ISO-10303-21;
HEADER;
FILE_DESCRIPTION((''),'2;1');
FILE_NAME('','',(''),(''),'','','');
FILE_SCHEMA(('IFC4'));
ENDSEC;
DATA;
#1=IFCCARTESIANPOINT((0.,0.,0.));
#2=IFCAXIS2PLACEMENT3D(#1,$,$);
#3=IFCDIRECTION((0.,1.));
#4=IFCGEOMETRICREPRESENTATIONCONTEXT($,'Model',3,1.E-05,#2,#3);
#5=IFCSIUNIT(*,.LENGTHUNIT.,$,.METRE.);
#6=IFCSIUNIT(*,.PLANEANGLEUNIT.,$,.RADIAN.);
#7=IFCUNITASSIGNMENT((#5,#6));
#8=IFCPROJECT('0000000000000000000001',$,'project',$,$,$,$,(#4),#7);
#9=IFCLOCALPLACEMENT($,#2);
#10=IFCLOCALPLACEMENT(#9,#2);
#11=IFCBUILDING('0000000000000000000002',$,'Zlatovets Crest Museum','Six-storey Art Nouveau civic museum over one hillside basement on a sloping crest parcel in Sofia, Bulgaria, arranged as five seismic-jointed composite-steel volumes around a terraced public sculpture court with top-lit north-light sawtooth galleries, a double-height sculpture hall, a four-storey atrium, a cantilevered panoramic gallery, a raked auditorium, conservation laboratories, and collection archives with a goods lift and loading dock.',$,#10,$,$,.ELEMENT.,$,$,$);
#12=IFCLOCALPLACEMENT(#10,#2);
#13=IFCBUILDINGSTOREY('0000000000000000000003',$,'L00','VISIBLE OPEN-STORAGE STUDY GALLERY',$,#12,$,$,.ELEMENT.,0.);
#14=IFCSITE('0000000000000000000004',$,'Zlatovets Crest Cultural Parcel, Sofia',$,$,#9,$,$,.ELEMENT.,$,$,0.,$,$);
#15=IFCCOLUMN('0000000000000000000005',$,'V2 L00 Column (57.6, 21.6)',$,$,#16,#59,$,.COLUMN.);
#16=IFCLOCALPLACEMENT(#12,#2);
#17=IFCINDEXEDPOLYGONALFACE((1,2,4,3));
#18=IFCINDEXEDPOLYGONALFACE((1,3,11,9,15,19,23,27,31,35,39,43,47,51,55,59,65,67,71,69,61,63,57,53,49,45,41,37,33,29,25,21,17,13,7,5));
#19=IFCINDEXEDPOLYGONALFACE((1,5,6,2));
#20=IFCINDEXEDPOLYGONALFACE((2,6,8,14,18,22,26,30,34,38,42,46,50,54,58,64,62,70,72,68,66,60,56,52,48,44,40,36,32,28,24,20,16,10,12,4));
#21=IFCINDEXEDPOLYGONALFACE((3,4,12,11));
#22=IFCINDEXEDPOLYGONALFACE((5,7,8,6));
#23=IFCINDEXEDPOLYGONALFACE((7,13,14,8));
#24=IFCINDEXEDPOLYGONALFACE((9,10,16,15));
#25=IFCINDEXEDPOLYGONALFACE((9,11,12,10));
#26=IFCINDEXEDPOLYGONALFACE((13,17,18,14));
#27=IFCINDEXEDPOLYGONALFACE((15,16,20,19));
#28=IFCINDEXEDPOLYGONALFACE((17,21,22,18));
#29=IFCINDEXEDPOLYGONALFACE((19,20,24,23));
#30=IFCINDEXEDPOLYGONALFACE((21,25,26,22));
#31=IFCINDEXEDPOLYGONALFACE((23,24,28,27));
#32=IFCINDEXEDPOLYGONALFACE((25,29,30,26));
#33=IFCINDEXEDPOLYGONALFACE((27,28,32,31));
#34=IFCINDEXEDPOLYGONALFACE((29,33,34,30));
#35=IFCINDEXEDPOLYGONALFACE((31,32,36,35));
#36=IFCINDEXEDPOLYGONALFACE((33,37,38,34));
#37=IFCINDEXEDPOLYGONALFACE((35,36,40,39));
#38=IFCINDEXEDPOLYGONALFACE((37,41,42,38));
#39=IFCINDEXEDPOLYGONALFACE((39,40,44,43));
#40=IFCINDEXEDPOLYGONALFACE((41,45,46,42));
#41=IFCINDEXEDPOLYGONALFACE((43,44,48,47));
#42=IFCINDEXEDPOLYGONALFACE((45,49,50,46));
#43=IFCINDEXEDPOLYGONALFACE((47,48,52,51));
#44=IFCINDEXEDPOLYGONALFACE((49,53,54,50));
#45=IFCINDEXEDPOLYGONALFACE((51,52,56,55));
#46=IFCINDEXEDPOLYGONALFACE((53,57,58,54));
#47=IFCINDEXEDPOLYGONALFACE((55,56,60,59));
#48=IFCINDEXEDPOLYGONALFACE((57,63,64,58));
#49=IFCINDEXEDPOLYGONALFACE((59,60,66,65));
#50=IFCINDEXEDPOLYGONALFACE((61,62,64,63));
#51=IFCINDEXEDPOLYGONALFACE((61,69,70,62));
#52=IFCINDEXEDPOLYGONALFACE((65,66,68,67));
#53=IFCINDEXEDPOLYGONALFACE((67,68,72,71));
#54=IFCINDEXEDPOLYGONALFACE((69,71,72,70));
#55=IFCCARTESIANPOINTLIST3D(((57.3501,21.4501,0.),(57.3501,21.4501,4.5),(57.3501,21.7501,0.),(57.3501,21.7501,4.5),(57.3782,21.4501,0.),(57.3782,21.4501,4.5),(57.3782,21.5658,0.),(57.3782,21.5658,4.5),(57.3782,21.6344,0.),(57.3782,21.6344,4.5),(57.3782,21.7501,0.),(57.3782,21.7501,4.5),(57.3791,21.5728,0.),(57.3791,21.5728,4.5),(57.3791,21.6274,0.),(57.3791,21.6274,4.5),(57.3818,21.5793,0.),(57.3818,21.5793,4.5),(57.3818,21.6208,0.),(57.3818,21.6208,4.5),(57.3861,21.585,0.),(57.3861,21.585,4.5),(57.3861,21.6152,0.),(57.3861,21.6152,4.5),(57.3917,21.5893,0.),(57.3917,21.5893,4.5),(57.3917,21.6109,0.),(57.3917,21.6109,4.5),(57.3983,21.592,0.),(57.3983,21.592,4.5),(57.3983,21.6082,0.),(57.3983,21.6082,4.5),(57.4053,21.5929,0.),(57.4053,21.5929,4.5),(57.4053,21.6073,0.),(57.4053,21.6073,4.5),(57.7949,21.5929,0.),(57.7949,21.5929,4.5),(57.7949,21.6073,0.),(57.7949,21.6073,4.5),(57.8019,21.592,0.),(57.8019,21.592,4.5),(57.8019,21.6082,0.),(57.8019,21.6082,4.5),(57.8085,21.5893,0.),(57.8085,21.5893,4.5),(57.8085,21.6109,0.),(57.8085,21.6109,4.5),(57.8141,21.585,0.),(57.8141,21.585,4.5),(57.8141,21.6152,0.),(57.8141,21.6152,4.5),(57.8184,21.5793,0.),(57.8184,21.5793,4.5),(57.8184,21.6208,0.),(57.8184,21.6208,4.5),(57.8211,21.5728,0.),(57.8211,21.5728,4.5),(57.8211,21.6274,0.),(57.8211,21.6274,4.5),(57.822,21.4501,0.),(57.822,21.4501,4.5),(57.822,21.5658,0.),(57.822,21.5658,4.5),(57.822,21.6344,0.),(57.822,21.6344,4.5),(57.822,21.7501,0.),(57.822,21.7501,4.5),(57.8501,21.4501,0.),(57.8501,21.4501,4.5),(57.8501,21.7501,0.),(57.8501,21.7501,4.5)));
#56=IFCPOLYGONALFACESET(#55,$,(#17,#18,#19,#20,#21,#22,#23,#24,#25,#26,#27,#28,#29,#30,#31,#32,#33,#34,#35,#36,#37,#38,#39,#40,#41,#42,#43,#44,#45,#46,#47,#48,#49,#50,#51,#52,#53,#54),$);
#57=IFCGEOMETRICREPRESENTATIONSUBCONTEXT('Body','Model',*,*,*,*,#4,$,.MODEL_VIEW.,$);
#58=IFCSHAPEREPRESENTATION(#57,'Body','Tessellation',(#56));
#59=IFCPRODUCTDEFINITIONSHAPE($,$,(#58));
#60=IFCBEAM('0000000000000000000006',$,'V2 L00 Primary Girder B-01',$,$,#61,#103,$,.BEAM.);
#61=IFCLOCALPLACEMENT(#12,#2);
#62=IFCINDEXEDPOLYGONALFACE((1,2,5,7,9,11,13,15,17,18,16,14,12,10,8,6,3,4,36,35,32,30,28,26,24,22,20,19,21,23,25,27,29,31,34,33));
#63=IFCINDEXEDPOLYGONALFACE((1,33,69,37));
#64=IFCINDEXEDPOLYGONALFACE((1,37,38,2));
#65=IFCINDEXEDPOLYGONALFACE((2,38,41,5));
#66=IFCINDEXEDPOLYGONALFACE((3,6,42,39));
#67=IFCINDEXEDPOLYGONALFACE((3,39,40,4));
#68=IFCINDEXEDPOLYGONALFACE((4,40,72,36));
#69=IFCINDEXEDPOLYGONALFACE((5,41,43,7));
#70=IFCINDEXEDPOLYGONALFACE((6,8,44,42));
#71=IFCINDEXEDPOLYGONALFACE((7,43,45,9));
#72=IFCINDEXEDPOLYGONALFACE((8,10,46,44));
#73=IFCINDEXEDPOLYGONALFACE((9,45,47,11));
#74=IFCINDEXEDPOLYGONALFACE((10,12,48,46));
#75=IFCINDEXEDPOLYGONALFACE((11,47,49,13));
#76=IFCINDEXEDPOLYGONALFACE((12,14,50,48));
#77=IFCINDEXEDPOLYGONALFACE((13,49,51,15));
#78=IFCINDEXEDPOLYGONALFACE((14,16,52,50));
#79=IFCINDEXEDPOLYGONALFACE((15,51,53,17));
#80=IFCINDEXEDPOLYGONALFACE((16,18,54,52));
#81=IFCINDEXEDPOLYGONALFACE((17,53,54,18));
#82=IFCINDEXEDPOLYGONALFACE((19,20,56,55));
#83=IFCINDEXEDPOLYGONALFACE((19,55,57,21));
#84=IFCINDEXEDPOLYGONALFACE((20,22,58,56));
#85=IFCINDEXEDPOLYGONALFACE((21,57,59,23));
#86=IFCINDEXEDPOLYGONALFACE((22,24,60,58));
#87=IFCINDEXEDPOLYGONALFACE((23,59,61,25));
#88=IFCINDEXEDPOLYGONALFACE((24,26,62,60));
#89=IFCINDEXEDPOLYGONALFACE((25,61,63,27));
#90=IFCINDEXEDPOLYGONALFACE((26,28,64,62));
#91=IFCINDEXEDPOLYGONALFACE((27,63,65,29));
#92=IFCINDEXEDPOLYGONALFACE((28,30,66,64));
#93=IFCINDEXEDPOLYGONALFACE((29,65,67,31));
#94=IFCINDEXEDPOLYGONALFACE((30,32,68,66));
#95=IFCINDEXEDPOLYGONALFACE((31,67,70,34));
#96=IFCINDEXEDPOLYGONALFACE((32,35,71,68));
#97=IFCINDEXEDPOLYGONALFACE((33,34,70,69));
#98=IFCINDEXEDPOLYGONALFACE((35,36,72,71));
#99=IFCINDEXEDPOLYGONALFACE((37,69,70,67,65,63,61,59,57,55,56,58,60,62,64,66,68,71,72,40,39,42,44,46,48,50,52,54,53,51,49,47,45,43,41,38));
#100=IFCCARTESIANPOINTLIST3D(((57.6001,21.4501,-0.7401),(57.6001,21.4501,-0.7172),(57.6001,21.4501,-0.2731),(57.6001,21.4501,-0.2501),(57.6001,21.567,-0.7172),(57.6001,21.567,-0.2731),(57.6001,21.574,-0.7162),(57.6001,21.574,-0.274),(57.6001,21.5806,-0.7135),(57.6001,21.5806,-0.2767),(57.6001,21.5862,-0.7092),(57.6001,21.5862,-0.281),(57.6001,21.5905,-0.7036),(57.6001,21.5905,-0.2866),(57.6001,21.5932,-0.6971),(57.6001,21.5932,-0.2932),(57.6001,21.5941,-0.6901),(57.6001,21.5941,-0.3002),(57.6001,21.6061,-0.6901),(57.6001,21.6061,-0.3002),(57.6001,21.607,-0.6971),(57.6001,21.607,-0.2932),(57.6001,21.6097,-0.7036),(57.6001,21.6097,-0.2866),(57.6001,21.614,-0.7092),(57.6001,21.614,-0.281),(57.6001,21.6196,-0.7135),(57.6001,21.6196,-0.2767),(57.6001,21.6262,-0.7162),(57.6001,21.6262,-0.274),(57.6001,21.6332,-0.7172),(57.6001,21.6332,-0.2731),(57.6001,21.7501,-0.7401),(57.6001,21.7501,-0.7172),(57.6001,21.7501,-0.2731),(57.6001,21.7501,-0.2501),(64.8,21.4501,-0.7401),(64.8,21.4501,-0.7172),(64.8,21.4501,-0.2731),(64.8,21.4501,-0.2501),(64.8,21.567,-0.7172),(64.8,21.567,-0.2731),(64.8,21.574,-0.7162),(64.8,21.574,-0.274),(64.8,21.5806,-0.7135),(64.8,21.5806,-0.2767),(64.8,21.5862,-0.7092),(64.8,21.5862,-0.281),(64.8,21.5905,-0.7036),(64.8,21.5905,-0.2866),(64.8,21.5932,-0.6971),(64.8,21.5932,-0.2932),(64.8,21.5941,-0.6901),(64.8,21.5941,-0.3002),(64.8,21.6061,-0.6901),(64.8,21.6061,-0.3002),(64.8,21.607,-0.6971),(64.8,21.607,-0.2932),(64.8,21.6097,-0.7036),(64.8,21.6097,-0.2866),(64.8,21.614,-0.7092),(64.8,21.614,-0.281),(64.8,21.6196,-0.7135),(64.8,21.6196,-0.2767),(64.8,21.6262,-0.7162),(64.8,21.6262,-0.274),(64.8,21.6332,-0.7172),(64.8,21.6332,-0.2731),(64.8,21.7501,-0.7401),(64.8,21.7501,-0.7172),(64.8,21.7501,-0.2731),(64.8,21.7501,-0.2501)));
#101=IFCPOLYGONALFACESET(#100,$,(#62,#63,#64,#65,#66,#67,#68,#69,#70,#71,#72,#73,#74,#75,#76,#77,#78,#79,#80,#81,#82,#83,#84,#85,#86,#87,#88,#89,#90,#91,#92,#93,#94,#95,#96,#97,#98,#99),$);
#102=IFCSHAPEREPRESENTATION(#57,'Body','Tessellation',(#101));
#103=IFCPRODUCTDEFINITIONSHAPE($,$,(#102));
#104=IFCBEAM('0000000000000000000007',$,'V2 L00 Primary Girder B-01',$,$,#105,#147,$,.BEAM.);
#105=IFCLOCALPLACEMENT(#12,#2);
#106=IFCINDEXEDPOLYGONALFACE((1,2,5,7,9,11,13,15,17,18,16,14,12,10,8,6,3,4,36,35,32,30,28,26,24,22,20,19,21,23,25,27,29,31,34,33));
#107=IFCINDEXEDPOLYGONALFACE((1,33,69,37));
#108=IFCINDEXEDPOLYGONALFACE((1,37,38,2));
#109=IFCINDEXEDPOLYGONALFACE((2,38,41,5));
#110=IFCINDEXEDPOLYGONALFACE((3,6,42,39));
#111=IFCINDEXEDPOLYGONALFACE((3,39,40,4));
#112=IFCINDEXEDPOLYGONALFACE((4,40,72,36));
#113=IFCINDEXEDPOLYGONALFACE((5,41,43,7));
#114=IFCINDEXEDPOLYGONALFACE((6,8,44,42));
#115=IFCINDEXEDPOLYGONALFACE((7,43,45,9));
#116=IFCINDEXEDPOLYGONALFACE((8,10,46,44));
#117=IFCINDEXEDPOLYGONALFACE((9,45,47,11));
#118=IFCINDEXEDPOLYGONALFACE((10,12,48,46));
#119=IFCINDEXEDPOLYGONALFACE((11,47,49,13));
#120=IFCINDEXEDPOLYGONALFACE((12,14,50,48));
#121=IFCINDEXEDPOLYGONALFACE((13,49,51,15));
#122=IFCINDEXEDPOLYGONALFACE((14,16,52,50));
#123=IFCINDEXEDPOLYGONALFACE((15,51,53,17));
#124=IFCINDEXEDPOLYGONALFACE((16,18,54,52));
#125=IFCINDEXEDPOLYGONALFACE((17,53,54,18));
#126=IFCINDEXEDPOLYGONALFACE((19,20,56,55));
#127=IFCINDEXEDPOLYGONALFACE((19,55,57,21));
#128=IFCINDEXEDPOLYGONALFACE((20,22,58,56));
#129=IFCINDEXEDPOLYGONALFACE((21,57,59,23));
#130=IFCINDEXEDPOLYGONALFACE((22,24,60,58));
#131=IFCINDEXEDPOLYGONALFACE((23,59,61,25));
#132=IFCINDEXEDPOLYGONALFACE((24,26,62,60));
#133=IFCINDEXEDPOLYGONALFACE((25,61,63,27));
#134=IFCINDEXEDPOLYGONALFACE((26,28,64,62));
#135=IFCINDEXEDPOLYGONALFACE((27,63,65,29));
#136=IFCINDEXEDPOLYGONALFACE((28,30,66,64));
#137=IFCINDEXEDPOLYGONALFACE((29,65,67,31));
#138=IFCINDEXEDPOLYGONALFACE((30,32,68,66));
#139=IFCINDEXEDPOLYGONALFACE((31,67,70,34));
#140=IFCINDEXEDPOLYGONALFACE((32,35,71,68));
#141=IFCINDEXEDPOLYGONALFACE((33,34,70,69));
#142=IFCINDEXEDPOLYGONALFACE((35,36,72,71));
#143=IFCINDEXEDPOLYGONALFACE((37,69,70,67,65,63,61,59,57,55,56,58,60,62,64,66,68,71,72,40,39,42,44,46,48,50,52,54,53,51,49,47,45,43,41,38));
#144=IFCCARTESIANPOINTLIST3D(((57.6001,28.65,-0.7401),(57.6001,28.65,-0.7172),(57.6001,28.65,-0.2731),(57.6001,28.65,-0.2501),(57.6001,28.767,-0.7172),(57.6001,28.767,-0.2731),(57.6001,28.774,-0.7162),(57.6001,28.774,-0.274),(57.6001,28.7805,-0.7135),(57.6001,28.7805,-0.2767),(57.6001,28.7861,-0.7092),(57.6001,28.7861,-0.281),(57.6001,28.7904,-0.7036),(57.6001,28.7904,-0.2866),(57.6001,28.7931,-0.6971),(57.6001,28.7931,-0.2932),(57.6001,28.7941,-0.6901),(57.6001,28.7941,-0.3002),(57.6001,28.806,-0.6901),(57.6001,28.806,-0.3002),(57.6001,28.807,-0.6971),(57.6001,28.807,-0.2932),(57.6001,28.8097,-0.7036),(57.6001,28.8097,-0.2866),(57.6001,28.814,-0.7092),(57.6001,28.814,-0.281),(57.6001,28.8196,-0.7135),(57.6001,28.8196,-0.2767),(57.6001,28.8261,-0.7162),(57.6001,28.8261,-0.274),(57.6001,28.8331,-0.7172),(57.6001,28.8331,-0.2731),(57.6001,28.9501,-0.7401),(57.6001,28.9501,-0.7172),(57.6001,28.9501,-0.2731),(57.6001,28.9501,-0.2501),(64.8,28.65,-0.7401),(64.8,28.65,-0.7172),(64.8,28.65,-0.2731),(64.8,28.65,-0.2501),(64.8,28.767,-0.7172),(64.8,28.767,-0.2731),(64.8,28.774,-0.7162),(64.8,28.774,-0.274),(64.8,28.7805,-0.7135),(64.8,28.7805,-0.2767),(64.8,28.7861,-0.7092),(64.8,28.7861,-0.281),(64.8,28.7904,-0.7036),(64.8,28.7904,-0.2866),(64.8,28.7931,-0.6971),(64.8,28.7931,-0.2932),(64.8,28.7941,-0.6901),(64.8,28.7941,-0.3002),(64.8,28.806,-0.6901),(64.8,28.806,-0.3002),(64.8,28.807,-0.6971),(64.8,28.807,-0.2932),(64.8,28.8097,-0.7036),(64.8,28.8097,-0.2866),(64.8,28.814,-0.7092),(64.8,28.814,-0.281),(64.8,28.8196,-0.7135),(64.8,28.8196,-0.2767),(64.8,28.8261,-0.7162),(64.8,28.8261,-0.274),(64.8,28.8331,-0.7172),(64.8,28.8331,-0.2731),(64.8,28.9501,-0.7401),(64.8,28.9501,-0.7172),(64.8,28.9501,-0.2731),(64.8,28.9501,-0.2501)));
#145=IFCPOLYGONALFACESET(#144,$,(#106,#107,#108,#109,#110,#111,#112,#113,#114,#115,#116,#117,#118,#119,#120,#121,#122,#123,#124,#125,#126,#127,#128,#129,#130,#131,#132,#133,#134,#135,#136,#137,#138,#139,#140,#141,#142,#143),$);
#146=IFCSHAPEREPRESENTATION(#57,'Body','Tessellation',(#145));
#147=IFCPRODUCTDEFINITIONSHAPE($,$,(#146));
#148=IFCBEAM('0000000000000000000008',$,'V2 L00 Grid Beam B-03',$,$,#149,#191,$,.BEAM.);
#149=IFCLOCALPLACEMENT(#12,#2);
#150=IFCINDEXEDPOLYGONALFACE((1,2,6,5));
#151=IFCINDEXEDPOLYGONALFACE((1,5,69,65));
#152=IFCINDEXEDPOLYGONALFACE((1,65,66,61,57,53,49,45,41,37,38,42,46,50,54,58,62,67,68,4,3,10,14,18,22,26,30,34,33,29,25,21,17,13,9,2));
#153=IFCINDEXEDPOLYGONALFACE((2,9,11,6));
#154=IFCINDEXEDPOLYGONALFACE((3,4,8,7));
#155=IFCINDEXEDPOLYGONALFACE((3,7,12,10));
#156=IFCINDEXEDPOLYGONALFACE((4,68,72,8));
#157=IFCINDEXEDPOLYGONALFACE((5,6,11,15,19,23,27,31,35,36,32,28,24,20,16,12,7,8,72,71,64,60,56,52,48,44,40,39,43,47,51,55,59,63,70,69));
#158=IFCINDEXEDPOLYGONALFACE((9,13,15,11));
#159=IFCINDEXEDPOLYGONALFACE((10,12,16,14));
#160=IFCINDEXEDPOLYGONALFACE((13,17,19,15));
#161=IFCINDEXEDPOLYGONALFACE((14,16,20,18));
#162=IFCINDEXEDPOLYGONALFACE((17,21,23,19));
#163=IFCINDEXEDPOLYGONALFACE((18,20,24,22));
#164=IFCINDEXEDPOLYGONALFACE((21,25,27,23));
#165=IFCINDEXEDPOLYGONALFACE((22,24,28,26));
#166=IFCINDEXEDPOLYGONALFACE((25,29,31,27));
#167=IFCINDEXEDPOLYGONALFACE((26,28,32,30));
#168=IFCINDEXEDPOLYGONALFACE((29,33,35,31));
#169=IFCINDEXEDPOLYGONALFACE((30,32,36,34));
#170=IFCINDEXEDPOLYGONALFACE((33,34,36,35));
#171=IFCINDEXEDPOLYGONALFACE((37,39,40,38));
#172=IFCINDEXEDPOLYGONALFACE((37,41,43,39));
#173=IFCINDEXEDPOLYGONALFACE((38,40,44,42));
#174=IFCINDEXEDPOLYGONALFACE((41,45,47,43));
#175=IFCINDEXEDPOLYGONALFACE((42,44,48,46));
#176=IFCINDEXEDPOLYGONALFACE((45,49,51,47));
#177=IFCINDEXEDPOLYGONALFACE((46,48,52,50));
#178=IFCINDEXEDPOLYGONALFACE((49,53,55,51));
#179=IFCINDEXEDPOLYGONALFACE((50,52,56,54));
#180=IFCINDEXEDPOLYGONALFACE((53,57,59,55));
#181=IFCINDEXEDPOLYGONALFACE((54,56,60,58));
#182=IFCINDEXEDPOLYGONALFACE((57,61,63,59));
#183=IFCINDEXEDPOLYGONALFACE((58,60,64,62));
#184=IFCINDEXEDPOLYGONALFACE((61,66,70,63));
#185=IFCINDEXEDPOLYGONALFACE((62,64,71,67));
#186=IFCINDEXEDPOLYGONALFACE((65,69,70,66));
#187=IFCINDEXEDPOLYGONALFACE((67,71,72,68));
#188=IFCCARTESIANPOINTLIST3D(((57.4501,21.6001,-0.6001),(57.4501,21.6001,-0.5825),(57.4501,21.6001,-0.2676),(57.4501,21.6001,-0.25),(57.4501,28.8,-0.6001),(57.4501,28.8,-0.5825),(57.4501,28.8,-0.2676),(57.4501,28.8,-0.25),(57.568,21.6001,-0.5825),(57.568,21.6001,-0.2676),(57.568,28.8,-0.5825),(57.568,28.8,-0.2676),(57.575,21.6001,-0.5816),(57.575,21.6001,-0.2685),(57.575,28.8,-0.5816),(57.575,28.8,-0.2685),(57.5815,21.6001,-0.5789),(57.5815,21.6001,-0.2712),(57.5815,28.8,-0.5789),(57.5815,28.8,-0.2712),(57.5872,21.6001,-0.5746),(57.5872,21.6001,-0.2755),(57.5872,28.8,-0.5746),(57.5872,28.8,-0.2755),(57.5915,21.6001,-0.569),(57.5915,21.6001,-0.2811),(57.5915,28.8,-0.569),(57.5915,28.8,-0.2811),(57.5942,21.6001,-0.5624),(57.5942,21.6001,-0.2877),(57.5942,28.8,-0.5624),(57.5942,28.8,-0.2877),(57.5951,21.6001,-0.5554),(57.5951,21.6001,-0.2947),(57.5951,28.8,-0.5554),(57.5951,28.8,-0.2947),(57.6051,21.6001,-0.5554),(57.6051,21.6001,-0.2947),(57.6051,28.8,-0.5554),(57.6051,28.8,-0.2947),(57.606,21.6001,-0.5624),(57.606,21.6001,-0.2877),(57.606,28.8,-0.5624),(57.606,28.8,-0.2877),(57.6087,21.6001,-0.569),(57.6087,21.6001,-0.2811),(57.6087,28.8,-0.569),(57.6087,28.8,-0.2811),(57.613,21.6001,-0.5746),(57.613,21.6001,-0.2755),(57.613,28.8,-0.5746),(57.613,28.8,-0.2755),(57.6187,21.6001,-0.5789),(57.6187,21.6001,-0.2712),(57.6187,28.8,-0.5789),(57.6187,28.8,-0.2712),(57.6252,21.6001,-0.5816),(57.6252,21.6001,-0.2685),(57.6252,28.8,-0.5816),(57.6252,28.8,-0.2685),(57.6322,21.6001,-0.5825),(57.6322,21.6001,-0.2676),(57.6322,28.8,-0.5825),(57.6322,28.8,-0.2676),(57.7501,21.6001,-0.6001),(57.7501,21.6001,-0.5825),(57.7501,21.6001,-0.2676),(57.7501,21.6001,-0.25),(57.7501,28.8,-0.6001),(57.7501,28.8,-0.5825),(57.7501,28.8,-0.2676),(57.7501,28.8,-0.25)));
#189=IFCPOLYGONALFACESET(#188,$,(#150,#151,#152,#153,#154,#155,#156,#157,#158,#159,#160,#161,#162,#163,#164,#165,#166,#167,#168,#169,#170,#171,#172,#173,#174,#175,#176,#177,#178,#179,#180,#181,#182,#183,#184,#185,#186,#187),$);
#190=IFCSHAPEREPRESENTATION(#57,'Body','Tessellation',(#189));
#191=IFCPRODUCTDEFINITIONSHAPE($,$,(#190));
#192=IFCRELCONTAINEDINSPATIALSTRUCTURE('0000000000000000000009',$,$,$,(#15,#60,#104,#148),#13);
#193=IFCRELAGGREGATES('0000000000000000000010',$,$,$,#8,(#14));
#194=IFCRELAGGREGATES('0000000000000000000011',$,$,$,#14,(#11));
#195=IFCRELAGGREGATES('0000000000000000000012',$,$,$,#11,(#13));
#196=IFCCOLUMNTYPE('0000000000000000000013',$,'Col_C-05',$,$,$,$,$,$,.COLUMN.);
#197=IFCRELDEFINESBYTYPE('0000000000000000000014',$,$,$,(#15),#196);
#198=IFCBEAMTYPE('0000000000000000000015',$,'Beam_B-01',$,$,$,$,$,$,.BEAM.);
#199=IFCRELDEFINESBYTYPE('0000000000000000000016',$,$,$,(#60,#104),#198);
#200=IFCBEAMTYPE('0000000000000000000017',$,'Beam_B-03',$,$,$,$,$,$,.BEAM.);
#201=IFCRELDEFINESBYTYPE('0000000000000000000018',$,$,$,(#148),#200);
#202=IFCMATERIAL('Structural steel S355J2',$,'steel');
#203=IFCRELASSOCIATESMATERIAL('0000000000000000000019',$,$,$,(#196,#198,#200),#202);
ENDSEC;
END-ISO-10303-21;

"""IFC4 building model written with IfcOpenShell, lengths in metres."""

from ifc_helpers import new_model, si_unit, direction, frame, origin, origin_2d, place, context, subcontext, project, spatial, i_section, extrude, material, material_profile, profile_set, type_object, element, save


model = new_model("IFC4")

# Units and contexts
model_context = context("Model", 3, precision=1e-05, world=origin(), true_north=direction((0.0, 1.0)))
body_context = subcontext(model_context, "Body", "Model", "MODEL_VIEW")
ifc_project = project(units=[si_unit("LENGTHUNIT", "METRE"), si_unit("PLANEANGLEUNIT", "RADIAN")], contexts=[model_context])

# Site, building, storey
site_placement = place(None, origin())
site = spatial("IfcSite", under=ifc_project, at=site_placement, Name="Zlatovets Crest Cultural Parcel, Sofia", CompositionType="ELEMENT", RefElevation=0.0)
building_placement = place(site_placement, origin())
building = spatial("IfcBuilding", under=site, at=building_placement, Name="Zlatovets Crest Museum", Description="Six-storey Art Nouveau civic museum over one hillside basement on a sloping crest parcel in Sofia, Bulgaria, arranged as five seismic-jointed composite-steel volumes around a terraced public sculpture court with top-lit north-light sawtooth galleries, a double-height sculpture hall, a four-storey atrium, a cantilevered panoramic gallery, a raked auditorium, conservation laboratories, and collection archives with a goods lift and loading dock.", CompositionType="ELEMENT")
storey_placement = place(building_placement, origin())
storey = spatial("IfcBuildingStorey", under=building, at=storey_placement, Name="L00", Description="VISIBLE OPEN-STORAGE STUDY GALLERY", CompositionType="ELEMENT", Elevation=0.0)

# Column
ifc_material_1 = material(Name="Structural steel S355J2", Category="steel")
ifc_material_profile_1 = material_profile(ifc_material_1, i_section(OverallWidth=0.3, OverallDepth=0.5, WebThickness=0.0144, FlangeThickness=0.0281, FilletRadius=0.0271, at=origin_2d()), Name="HEB 500")
ifc_profile_set_1 = profile_set([ifc_material_profile_1], Name="Structural steel S355J2")
column_type = type_object("IfcColumnType", Name="Col_C-05", PredefinedType="COLUMN", material=ifc_profile_set_1)
column_placement = place(storey_placement, frame((57.6001, 21.6001, 0.0), z_axis=(0.0, 0.0, 1.0), x_axis=(0.0, 1.0, 0.0)))
element("IfcColumn", 1, at=column_placement, inside=storey, type_object=column_type, Name="V2 L00 Column (57.6, 21.6)", PredefinedType="COLUMN", context=body_context, shape_type="SweptSolid", body=[
    extrude(i_section(OverallWidth=0.3, OverallDepth=0.5, WebThickness=0.0144, FlangeThickness=0.0281, FilletRadius=0.0271, at=origin_2d()), origin(), (0.0, 0.0, 1.0), 4.5),
])

# Beams
ifc_material_profile_2 = material_profile(ifc_material_1, i_section(OverallWidth=0.3, OverallDepth=0.49, WebThickness=0.012, FlangeThickness=0.0229, FilletRadius=0.0271, at=origin_2d()), Name="HEA 500")
ifc_profile_set_2 = profile_set([ifc_material_profile_2], Name="Structural steel S355J2")
beam_type_1 = type_object("IfcBeamType", Name="Beam_B-01", PredefinedType="BEAM", material=ifc_profile_set_2)
for number, where, z_axis, x_axis, name in (
    (2, (57.6001, 21.6001, -0.4951), (1.0, 0.0, 0.0), (0.0, 1.0, 0.0), "V2 L00 Primary Girder B-01"),
    (3, (57.6001, 28.8, -0.4951), (1.0, 0.0, 0.0), (0.0, 1.0, 0.0), "V2 L00 Primary Girder B-01"),
):
    element("IfcBeam", number, at=place(storey_placement, frame(where, z_axis=z_axis, x_axis=x_axis)), inside=storey, type_object=beam_type_1, Name=name, PredefinedType="BEAM", context=body_context, shape_type="SweptSolid", body=[
        extrude(i_section(OverallWidth=0.3, OverallDepth=0.49, WebThickness=0.012, FlangeThickness=0.0229, FilletRadius=0.0271, at=origin_2d()), origin(), (0.0, 0.0, 1.0), 7.2),
    ])
ifc_material_profile_3 = material_profile(ifc_material_1, i_section(OverallWidth=0.3, OverallDepth=0.3501, WebThickness=0.01, FlangeThickness=0.0176, FilletRadius=0.0271, at=origin_2d()), Name="HEA 360")
ifc_profile_set_3 = profile_set([ifc_material_profile_3], Name="Structural steel S355J2")
beam_type_2 = type_object("IfcBeamType", Name="Beam_B-03", PredefinedType="BEAM", material=ifc_profile_set_3)
beam_placement = place(storey_placement, frame((57.6001, 21.6001, -0.425), z_axis=(0.0, 1.0, 0.0), x_axis=(-1.0, 0.0, 0.0)))
element("IfcBeam", 4, at=beam_placement, inside=storey, type_object=beam_type_2, Name="V2 L00 Grid Beam B-03", PredefinedType="BEAM", context=body_context, shape_type="SweptSolid", body=[
    extrude(i_section(OverallWidth=0.3, OverallDepth=0.3501, WebThickness=0.01, FlangeThickness=0.0176, FilletRadius=0.0271, at=origin_2d()), origin(), (0.0, 0.0, 1.0), 7.2),
])

save(model, "model.ifc")
